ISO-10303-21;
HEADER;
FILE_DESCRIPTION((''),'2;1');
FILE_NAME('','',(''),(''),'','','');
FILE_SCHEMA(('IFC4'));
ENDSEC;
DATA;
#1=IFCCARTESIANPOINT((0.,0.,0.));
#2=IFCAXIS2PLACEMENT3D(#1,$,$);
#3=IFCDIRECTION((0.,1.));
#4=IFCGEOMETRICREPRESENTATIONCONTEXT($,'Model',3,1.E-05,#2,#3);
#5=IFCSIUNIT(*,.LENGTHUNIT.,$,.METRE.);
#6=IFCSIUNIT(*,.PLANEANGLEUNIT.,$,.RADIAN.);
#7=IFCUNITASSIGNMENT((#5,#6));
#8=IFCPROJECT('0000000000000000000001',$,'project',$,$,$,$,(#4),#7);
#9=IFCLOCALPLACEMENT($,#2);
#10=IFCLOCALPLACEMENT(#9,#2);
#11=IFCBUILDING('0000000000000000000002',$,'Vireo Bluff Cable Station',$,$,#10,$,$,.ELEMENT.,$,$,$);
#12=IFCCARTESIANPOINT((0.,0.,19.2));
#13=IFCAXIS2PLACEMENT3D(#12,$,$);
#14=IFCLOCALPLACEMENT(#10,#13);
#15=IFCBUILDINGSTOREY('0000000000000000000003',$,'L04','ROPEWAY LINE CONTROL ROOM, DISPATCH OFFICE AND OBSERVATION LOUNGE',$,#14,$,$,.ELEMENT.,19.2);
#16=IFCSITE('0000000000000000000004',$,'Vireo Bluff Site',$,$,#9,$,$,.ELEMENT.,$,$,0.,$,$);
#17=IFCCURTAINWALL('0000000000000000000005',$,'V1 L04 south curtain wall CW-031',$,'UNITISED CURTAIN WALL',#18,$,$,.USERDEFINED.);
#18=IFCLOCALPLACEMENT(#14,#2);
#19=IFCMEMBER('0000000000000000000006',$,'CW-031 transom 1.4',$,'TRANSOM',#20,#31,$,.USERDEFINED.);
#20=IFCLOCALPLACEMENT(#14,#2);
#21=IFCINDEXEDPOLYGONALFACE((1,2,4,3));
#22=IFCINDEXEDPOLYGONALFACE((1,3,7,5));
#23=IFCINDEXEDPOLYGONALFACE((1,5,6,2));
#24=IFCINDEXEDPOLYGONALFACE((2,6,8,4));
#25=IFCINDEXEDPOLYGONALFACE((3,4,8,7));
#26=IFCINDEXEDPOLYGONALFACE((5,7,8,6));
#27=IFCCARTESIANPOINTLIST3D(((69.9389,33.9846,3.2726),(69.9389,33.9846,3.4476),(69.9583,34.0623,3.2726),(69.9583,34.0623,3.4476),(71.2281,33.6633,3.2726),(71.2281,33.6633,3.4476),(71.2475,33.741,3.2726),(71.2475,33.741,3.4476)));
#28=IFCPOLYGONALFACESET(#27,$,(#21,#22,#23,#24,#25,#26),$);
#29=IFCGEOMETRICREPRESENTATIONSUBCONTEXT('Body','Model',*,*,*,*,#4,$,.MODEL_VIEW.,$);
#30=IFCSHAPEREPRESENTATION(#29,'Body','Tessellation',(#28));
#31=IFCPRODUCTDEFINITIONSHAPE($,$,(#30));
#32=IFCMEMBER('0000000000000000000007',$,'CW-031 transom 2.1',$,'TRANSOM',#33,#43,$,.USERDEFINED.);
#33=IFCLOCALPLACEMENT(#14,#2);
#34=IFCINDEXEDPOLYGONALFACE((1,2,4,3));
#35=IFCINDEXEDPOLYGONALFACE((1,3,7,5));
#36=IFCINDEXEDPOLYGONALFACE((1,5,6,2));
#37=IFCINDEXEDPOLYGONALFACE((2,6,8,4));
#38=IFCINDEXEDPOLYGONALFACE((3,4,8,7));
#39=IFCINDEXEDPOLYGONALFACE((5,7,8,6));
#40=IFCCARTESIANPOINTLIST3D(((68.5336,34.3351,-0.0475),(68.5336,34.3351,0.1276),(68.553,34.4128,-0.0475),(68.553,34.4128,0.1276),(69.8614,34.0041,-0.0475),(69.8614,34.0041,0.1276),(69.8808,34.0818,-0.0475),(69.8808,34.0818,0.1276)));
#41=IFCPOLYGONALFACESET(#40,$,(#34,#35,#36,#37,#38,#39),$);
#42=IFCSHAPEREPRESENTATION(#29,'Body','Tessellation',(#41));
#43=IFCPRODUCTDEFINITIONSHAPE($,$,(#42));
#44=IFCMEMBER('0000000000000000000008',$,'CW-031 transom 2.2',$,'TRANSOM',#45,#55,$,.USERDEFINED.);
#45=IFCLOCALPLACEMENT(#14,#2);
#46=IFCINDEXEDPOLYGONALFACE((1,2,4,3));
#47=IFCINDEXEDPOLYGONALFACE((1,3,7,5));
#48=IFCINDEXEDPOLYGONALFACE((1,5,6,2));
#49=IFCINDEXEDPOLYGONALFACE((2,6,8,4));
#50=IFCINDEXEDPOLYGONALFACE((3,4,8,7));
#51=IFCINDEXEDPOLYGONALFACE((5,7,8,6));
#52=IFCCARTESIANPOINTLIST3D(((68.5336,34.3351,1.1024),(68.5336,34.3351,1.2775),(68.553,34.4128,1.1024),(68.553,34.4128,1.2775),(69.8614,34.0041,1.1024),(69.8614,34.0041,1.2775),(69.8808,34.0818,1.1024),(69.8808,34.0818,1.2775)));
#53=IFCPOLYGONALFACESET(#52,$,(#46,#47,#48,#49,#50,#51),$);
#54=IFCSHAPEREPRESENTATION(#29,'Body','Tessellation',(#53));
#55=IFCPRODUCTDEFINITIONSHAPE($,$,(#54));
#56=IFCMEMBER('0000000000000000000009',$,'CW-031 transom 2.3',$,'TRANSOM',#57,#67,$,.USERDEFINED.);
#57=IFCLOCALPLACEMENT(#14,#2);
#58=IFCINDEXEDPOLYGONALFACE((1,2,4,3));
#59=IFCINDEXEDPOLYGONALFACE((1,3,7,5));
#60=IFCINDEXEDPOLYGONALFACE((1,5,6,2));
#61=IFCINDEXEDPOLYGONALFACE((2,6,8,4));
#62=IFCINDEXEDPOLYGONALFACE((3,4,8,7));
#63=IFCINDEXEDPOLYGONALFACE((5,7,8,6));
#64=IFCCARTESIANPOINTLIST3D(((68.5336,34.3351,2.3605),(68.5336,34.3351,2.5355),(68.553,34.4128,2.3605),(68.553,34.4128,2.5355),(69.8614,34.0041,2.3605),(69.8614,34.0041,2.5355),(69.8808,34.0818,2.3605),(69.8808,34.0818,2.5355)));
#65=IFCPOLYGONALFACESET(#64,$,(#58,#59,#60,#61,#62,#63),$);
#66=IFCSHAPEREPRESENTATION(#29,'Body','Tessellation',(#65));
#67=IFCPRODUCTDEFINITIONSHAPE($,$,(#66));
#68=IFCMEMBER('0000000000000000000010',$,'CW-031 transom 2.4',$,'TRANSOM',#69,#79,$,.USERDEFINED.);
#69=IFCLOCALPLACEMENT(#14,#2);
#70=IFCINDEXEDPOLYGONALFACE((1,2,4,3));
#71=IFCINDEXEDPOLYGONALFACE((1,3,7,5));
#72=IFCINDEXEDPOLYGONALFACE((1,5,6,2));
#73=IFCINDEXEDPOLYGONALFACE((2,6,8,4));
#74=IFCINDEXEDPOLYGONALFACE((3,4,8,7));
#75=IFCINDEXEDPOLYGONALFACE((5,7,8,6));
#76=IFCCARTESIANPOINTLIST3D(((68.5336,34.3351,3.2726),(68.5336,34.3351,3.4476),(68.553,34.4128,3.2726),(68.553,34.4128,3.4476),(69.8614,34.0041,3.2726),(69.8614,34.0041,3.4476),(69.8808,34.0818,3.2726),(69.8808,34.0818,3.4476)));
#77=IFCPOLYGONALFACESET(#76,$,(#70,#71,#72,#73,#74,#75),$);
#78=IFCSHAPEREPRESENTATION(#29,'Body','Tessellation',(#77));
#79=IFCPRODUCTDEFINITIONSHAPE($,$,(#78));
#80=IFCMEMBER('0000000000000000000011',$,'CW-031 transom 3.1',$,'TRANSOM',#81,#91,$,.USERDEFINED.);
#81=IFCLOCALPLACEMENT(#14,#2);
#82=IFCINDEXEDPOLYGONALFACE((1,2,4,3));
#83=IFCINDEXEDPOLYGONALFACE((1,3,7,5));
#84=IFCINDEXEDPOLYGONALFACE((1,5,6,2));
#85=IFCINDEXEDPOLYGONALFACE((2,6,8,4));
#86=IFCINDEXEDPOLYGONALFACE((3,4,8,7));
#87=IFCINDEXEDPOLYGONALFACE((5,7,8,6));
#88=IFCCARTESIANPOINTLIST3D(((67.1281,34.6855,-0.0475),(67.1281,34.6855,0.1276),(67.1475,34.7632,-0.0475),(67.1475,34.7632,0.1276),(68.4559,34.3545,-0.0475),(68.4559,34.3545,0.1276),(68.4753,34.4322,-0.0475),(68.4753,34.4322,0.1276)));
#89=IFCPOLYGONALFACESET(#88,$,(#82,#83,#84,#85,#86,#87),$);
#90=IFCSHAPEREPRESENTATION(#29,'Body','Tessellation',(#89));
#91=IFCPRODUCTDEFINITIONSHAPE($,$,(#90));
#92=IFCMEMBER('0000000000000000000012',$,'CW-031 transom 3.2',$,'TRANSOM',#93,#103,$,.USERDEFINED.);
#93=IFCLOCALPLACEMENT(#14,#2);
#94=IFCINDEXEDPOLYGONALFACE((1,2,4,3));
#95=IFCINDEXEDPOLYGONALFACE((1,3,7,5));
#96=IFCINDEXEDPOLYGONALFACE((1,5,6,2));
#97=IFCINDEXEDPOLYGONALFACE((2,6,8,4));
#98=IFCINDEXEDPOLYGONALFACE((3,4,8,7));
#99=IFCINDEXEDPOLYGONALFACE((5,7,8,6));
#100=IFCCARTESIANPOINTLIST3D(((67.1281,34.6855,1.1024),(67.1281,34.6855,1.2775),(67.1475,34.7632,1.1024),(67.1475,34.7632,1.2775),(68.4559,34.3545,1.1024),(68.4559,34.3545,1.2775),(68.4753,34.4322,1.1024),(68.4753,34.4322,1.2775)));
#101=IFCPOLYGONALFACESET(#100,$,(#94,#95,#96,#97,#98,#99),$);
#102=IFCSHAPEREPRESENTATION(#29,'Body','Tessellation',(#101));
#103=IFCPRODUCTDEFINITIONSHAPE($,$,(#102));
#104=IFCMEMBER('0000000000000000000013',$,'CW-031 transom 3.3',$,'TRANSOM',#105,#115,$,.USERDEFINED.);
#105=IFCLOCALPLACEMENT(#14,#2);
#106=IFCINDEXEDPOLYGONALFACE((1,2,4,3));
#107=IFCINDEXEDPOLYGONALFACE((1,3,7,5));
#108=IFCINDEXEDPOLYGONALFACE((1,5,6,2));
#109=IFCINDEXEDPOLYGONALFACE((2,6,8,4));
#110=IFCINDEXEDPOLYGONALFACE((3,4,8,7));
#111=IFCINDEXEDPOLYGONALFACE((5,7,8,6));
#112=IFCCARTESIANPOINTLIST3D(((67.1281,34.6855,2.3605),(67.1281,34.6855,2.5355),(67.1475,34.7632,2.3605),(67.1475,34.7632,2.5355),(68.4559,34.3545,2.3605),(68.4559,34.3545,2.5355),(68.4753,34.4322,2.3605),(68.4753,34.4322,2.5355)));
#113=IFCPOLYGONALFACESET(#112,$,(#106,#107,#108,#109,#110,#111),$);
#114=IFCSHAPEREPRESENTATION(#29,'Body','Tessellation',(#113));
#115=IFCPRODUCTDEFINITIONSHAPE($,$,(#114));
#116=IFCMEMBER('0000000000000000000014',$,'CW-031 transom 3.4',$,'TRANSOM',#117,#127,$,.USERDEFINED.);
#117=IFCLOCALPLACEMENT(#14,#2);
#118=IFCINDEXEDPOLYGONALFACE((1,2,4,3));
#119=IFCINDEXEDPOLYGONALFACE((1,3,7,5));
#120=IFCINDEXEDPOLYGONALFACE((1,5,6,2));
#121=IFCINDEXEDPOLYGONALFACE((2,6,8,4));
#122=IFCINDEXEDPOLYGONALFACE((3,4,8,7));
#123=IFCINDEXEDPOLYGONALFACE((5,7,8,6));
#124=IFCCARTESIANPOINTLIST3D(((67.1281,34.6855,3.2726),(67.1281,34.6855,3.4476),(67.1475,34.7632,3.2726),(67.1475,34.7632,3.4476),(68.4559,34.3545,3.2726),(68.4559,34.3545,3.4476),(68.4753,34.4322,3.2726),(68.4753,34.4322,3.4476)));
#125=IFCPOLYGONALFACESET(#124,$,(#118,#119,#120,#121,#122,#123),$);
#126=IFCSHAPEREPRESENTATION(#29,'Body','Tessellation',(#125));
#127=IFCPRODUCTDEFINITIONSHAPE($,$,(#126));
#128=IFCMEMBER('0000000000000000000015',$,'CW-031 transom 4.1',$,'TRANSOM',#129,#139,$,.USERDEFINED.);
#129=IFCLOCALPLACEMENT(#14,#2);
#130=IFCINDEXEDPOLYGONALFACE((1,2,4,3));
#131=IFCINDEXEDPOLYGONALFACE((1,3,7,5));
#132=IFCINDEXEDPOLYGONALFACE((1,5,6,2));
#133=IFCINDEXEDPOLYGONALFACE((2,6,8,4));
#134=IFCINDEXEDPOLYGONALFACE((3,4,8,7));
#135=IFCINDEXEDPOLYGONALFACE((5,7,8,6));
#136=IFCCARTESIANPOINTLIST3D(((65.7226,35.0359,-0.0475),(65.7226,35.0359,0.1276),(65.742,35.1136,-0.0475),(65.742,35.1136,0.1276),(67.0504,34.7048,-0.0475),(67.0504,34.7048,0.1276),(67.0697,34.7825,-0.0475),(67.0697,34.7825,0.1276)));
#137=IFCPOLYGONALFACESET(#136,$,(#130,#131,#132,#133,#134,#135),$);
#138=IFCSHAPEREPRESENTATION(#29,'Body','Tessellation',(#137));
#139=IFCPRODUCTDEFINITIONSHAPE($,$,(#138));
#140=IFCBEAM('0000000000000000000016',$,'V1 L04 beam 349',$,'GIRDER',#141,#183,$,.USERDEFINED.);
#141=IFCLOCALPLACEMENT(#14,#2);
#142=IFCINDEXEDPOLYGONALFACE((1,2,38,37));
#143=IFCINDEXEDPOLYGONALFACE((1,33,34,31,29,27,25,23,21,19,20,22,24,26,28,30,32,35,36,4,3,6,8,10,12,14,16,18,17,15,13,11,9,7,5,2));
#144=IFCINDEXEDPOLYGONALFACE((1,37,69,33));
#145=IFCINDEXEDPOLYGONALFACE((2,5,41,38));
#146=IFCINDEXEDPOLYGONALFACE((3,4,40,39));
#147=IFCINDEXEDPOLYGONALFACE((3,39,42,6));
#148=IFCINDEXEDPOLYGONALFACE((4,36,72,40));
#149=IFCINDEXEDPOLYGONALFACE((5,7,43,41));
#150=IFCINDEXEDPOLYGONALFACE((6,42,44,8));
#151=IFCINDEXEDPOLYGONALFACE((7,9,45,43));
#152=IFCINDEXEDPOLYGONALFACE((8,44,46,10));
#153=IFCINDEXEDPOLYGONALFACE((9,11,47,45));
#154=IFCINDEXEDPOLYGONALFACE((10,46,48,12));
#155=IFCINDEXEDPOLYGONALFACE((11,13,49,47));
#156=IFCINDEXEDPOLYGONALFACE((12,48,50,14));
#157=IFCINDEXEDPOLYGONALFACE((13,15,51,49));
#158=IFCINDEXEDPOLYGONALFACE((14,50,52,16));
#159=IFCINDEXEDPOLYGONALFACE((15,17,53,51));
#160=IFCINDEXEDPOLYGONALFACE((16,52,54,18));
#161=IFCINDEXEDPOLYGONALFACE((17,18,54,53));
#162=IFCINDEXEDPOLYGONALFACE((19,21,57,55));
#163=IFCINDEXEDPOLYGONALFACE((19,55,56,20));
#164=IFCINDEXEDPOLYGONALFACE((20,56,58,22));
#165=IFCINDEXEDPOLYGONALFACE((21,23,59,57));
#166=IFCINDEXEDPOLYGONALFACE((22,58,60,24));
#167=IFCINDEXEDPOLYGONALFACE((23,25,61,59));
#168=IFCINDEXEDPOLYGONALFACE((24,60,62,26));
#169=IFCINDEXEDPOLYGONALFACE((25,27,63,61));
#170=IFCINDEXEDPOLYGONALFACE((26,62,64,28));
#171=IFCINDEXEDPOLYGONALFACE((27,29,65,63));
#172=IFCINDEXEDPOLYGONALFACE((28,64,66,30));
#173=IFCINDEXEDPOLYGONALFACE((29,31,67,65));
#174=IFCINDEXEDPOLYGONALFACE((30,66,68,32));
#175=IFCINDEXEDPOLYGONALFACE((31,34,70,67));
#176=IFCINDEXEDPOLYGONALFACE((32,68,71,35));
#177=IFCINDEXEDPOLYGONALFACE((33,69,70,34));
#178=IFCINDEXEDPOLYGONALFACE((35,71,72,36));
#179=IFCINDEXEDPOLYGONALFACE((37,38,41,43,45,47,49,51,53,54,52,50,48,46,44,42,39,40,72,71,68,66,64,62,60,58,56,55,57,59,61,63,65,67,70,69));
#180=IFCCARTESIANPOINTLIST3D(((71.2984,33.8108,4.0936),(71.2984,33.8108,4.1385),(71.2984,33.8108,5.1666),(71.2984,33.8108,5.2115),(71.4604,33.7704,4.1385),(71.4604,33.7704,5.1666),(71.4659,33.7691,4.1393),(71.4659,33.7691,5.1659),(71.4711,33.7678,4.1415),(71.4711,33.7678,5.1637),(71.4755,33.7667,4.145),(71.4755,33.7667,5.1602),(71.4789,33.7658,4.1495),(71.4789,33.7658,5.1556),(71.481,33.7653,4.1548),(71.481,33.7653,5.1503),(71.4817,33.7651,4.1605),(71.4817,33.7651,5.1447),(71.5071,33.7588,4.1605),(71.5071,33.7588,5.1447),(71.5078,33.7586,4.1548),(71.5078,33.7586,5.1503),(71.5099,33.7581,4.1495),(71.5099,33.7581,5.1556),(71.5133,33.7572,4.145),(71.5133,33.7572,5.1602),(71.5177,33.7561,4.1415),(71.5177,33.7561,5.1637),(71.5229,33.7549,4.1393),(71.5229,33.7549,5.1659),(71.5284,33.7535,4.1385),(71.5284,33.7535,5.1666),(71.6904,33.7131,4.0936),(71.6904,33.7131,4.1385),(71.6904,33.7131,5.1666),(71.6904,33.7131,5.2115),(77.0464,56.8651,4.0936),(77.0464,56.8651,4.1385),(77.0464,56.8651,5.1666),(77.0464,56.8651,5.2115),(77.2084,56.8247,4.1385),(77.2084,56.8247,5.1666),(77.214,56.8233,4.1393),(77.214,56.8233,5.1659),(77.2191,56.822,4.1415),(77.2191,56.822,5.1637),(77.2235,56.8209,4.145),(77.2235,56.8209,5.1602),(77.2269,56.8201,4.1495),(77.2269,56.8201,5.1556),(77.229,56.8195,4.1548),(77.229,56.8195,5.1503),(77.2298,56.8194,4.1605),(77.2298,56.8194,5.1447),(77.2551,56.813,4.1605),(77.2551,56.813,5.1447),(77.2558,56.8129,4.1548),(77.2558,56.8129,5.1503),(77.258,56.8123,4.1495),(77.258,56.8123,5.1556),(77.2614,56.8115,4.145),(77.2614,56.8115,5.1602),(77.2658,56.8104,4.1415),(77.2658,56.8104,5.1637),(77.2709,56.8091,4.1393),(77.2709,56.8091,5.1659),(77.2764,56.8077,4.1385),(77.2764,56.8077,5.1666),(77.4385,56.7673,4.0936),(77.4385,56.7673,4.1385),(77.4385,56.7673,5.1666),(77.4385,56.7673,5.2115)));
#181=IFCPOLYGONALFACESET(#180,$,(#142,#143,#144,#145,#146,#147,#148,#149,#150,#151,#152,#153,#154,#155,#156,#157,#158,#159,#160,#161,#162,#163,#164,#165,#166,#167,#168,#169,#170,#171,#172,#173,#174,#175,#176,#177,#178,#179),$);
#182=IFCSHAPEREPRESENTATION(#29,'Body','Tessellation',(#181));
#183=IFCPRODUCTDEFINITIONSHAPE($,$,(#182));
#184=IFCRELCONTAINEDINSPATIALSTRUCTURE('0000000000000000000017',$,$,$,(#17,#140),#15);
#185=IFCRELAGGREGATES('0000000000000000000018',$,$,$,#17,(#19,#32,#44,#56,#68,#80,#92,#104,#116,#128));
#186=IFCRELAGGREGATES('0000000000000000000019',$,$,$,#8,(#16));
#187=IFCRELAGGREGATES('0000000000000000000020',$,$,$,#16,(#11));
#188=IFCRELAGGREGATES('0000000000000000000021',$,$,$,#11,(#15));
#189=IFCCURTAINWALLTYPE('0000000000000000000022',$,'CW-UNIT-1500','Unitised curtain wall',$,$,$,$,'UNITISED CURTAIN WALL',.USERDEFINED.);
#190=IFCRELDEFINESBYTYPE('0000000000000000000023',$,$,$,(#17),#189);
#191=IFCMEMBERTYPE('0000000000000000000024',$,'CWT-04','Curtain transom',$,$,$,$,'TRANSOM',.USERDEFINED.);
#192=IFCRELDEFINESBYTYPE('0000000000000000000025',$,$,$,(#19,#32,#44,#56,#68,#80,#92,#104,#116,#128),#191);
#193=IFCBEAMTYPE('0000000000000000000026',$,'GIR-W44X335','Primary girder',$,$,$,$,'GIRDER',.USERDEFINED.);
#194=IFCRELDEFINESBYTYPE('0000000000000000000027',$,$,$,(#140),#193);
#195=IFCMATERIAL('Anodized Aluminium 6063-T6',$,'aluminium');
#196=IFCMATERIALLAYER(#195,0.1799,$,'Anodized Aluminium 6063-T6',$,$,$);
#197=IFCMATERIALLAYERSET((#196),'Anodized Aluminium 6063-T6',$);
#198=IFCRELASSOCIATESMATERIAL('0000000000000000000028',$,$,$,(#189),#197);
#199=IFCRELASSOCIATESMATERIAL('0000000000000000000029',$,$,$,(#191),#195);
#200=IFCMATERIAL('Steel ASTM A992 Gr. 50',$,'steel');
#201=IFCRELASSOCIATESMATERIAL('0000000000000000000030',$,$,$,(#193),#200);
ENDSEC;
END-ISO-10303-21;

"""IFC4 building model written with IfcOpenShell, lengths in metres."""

from ifc_helpers import new_model, si_unit, direction, frame, origin, origin_2d, place, context, subcontext, project, spatial, rectangle, i_section, extrude, material, layer, layer_set, material_profile, profile_set, type_object, element, aggregate, save


model = new_model("IFC4")

# Units and contexts
model_context = context("Model", 3, precision=1e-05, world=origin(), true_north=direction((0.0, 1.0)))
body_context = subcontext(model_context, "Body", "Model", "MODEL_VIEW")
ifc_project = project(units=[si_unit("LENGTHUNIT", "METRE"), si_unit("PLANEANGLEUNIT", "RADIAN")], contexts=[model_context])

# Site, building, storey
site_placement = place(None, origin())
site = spatial("IfcSite", under=ifc_project, at=site_placement, Name="Vireo Bluff Site", CompositionType="ELEMENT", RefElevation=0.0)
building_placement = place(site_placement, origin())
building = spatial("IfcBuilding", under=site, at=building_placement, Name="Vireo Bluff Cable Station", CompositionType="ELEMENT")
storey_placement = place(building_placement, frame((0.0, 0.0, 19.2)))
storey = spatial("IfcBuildingStorey", under=building, at=storey_placement, Name="L04", Description="ROPEWAY LINE CONTROL ROOM, DISPATCH OFFICE AND OBSERVATION LOUNGE", CompositionType="ELEMENT", Elevation=19.2)

# Shared definitions
ifc_material_1 = material(Name="Steel ASTM A992 Gr. 50", Category="steel")

# Curtain wall, members
ifc_material_2 = material(Name="Anodized Aluminium 6063-T6", Category="aluminium")
ifc_layer_1 = layer(ifc_material_2, 0.1799, Name="Anodized Aluminium 6063-T6")
ifc_layer_set_1 = layer_set([ifc_layer_1], Name="Anodized Aluminium 6063-T6")
curtain_wall_type = type_object("IfcCurtainWallType", Name="CW-UNIT-1500", Description="Unitised curtain wall", ElementType="UNITISED CURTAIN WALL", PredefinedType="USERDEFINED", material=ifc_layer_set_1)
curtain_wall_placement = place(storey_placement, origin())
curtain_wall = element("IfcCurtainWall", 1, at=curtain_wall_placement, inside=storey, type_object=curtain_wall_type, Name="V1 L04 south curtain wall CW-031", ObjectType="UNITISED CURTAIN WALL", PredefinedType="USERDEFINED")
ifc_material_profile_1 = material_profile(ifc_material_2, rectangle(XDim=0.0801, YDim=0.175, at=origin_2d()), Name="ALU-T-80X175")
ifc_profile_set_1 = profile_set([ifc_material_profile_1], Name="Anodized Aluminium 6063-T6")
member_type_1 = type_object("IfcMemberType", Name="CWT-04", Description="Curtain transom", ElementType="TRANSOM", PredefinedType="USERDEFINED", material=ifc_profile_set_1)
member_1_placement = place(storey_placement, frame((71.2378, 33.7021, 3.3601), z_axis=(-0.970315, 0.241844, 0.0), x_axis=(-0.241844, -0.970315, 0.0)))
member_1 = element("IfcMember", 2, at=member_1_placement, type_object=member_type_1, Name="CW-031 transom 1.4", ObjectType="TRANSOM", PredefinedType="USERDEFINED", context=body_context, shape_type="SweptSolid", body=[
    extrude(rectangle(XDim=0.0801, YDim=0.175, at=origin_2d()), origin(), (0.0, 0.0, 1.0), 1.3286),
])
member_2_placement = place(storey_placement, frame((69.8711, 34.043, 0.04), z_axis=(-0.9703, 0.241906, 0.0), x_axis=(-0.241906, -0.9703, 0.0)))
member_2 = element("IfcMember", 3, at=member_2_placement, type_object=member_type_1, Name="CW-031 transom 2.1", ObjectType="TRANSOM", PredefinedType="USERDEFINED", context=body_context, shape_type="SweptSolid", body=[
    extrude(rectangle(XDim=0.0801, YDim=0.175, at=origin_2d()), origin(), (0.0, 0.0, 1.0), 1.3684),
])
member_3_placement = place(storey_placement, frame((69.8711, 34.043, 1.1899), z_axis=(-0.9703, 0.241906, 0.0), x_axis=(-0.241906, -0.9703, 0.0)))
member_3 = element("IfcMember", 4, at=member_3_placement, type_object=member_type_1, Name="CW-031 transom 2.2", ObjectType="TRANSOM", PredefinedType="USERDEFINED", context=body_context, shape_type="SweptSolid", body=[
    extrude(rectangle(XDim=0.0801, YDim=0.175, at=origin_2d()), origin(), (0.0, 0.0, 1.0), 1.3684),
])
member_4_placement = place(storey_placement, frame((69.8711, 34.043, 2.448), z_axis=(-0.9703, 0.241906, 0.0), x_axis=(-0.241906, -0.9703, 0.0)))
member_4 = element("IfcMember", 5, at=member_4_placement, type_object=member_type_1, Name="CW-031 transom 2.3", ObjectType="TRANSOM", PredefinedType="USERDEFINED", context=body_context, shape_type="SweptSolid", body=[
    extrude(rectangle(XDim=0.0801, YDim=0.175, at=origin_2d()), origin(), (0.0, 0.0, 1.0), 1.3684),
])
member_5_placement = place(storey_placement, frame((69.8711, 34.043, 3.3601), z_axis=(-0.9703, 0.241906, 0.0), x_axis=(-0.241906, -0.9703, 0.0)))
member_5 = element("IfcMember", 6, at=member_5_placement, type_object=member_type_1, Name="CW-031 transom 2.4", ObjectType="TRANSOM", PredefinedType="USERDEFINED", context=body_context, shape_type="SweptSolid", body=[
    extrude(rectangle(XDim=0.0801, YDim=0.175, at=origin_2d()), origin(), (0.0, 0.0, 1.0), 1.3684),
])
member_6_placement = place(storey_placement, frame((68.4656, 34.3933, 0.04), z_axis=(-0.9703, 0.241906, 0.0), x_axis=(-0.241906, -0.9703, 0.0)))
member_6 = element("IfcMember", 7, at=member_6_placement, type_object=member_type_1, Name="CW-031 transom 3.1", ObjectType="TRANSOM", PredefinedType="USERDEFINED", context=body_context, shape_type="SweptSolid", body=[
    extrude(rectangle(XDim=0.0801, YDim=0.175, at=origin_2d()), origin(), (0.0, 0.0, 1.0), 1.3684),
])
member_7_placement = place(storey_placement, frame((68.4656, 34.3933, 1.1899), z_axis=(-0.9703, 0.241906, 0.0), x_axis=(-0.241906, -0.9703, 0.0)))
member_7 = element("IfcMember", 8, at=member_7_placement, type_object=member_type_1, Name="CW-031 transom 3.2", ObjectType="TRANSOM", PredefinedType="USERDEFINED", context=body_context, shape_type="SweptSolid", body=[
    extrude(rectangle(XDim=0.0801, YDim=0.175, at=origin_2d()), origin(), (0.0, 0.0, 1.0), 1.3684),
])
member_8_placement = place(storey_placement, frame((68.4656, 34.3933, 2.448), z_axis=(-0.9703, 0.241906, 0.0), x_axis=(-0.241906, -0.9703, 0.0)))
member_8 = element("IfcMember", 9, at=member_8_placement, type_object=member_type_1, Name="CW-031 transom 3.3", ObjectType="TRANSOM", PredefinedType="USERDEFINED", context=body_context, shape_type="SweptSolid", body=[
    extrude(rectangle(XDim=0.0801, YDim=0.175, at=origin_2d()), origin(), (0.0, 0.0, 1.0), 1.3684),
])
member_9_placement = place(storey_placement, frame((68.4656, 34.3933, 3.3601), z_axis=(-0.9703, 0.241906, 0.0), x_axis=(-0.241906, -0.9703, 0.0)))
member_9 = element("IfcMember", 10, at=member_9_placement, type_object=member_type_1, Name="CW-031 transom 3.4", ObjectType="TRANSOM", PredefinedType="USERDEFINED", context=body_context, shape_type="SweptSolid", body=[
    extrude(rectangle(XDim=0.0801, YDim=0.175, at=origin_2d()), origin(), (0.0, 0.0, 1.0), 1.3684),
])
member_10_placement = place(storey_placement, frame((67.0601, 34.7437, 0.04), z_axis=(-0.970289, 0.241948, 0.0), x_axis=(-0.241948, -0.970289, 0.0)))
member_10 = element("IfcMember", 11, at=member_10_placement, type_object=member_type_1, Name="CW-031 transom 4.1", ObjectType="TRANSOM", PredefinedType="USERDEFINED", context=body_context, shape_type="SweptSolid", body=[
    extrude(rectangle(XDim=0.0801, YDim=0.175, at=origin_2d()), origin(), (0.0, 0.0, 1.0), 1.3684),
])

# Beam
ifc_material_profile_2 = material_profile(ifc_material_1, i_section(OverallWidth=0.4041, OverallDepth=1.1179, WebThickness=0.0261, FlangeThickness=0.0449, FilletRadius=0.022, at=origin_2d()), Name="W44X335")
ifc_profile_set_2 = profile_set([ifc_material_profile_2], Name="Steel ASTM A992 Gr. 50")
beam_type_1 = type_object("IfcBeamType", Name="GIR-W44X335", Description="Primary girder", ElementType="GIRDER", PredefinedType="USERDEFINED", material=ifc_profile_set_2)
beam_1_placement = place(storey_placement, frame((71.4944, 33.762, 4.6526), z_axis=(0.241921, 0.970296, 0.0), x_axis=(-0.970296, 0.241921, 0.0)))
element("IfcBeam", 12, at=beam_1_placement, inside=storey, type_object=beam_type_1, Name="V1 L04 beam 349", ObjectType="GIRDER", PredefinedType="USERDEFINED", context=body_context, shape_type="SweptSolid", body=[
    extrude(i_section(OverallWidth=0.4041, OverallDepth=1.1179, WebThickness=0.0261, FlangeThickness=0.0449, FilletRadius=0.022, at=origin_2d()), origin(), (0.0, 0.0, 1.0), 23.76),
])

aggregate(curtain_wall, [member_1, member_2, member_3, member_4, member_5, member_6, member_7, member_8, member_9, member_10])

save(model, "model.ifc")
